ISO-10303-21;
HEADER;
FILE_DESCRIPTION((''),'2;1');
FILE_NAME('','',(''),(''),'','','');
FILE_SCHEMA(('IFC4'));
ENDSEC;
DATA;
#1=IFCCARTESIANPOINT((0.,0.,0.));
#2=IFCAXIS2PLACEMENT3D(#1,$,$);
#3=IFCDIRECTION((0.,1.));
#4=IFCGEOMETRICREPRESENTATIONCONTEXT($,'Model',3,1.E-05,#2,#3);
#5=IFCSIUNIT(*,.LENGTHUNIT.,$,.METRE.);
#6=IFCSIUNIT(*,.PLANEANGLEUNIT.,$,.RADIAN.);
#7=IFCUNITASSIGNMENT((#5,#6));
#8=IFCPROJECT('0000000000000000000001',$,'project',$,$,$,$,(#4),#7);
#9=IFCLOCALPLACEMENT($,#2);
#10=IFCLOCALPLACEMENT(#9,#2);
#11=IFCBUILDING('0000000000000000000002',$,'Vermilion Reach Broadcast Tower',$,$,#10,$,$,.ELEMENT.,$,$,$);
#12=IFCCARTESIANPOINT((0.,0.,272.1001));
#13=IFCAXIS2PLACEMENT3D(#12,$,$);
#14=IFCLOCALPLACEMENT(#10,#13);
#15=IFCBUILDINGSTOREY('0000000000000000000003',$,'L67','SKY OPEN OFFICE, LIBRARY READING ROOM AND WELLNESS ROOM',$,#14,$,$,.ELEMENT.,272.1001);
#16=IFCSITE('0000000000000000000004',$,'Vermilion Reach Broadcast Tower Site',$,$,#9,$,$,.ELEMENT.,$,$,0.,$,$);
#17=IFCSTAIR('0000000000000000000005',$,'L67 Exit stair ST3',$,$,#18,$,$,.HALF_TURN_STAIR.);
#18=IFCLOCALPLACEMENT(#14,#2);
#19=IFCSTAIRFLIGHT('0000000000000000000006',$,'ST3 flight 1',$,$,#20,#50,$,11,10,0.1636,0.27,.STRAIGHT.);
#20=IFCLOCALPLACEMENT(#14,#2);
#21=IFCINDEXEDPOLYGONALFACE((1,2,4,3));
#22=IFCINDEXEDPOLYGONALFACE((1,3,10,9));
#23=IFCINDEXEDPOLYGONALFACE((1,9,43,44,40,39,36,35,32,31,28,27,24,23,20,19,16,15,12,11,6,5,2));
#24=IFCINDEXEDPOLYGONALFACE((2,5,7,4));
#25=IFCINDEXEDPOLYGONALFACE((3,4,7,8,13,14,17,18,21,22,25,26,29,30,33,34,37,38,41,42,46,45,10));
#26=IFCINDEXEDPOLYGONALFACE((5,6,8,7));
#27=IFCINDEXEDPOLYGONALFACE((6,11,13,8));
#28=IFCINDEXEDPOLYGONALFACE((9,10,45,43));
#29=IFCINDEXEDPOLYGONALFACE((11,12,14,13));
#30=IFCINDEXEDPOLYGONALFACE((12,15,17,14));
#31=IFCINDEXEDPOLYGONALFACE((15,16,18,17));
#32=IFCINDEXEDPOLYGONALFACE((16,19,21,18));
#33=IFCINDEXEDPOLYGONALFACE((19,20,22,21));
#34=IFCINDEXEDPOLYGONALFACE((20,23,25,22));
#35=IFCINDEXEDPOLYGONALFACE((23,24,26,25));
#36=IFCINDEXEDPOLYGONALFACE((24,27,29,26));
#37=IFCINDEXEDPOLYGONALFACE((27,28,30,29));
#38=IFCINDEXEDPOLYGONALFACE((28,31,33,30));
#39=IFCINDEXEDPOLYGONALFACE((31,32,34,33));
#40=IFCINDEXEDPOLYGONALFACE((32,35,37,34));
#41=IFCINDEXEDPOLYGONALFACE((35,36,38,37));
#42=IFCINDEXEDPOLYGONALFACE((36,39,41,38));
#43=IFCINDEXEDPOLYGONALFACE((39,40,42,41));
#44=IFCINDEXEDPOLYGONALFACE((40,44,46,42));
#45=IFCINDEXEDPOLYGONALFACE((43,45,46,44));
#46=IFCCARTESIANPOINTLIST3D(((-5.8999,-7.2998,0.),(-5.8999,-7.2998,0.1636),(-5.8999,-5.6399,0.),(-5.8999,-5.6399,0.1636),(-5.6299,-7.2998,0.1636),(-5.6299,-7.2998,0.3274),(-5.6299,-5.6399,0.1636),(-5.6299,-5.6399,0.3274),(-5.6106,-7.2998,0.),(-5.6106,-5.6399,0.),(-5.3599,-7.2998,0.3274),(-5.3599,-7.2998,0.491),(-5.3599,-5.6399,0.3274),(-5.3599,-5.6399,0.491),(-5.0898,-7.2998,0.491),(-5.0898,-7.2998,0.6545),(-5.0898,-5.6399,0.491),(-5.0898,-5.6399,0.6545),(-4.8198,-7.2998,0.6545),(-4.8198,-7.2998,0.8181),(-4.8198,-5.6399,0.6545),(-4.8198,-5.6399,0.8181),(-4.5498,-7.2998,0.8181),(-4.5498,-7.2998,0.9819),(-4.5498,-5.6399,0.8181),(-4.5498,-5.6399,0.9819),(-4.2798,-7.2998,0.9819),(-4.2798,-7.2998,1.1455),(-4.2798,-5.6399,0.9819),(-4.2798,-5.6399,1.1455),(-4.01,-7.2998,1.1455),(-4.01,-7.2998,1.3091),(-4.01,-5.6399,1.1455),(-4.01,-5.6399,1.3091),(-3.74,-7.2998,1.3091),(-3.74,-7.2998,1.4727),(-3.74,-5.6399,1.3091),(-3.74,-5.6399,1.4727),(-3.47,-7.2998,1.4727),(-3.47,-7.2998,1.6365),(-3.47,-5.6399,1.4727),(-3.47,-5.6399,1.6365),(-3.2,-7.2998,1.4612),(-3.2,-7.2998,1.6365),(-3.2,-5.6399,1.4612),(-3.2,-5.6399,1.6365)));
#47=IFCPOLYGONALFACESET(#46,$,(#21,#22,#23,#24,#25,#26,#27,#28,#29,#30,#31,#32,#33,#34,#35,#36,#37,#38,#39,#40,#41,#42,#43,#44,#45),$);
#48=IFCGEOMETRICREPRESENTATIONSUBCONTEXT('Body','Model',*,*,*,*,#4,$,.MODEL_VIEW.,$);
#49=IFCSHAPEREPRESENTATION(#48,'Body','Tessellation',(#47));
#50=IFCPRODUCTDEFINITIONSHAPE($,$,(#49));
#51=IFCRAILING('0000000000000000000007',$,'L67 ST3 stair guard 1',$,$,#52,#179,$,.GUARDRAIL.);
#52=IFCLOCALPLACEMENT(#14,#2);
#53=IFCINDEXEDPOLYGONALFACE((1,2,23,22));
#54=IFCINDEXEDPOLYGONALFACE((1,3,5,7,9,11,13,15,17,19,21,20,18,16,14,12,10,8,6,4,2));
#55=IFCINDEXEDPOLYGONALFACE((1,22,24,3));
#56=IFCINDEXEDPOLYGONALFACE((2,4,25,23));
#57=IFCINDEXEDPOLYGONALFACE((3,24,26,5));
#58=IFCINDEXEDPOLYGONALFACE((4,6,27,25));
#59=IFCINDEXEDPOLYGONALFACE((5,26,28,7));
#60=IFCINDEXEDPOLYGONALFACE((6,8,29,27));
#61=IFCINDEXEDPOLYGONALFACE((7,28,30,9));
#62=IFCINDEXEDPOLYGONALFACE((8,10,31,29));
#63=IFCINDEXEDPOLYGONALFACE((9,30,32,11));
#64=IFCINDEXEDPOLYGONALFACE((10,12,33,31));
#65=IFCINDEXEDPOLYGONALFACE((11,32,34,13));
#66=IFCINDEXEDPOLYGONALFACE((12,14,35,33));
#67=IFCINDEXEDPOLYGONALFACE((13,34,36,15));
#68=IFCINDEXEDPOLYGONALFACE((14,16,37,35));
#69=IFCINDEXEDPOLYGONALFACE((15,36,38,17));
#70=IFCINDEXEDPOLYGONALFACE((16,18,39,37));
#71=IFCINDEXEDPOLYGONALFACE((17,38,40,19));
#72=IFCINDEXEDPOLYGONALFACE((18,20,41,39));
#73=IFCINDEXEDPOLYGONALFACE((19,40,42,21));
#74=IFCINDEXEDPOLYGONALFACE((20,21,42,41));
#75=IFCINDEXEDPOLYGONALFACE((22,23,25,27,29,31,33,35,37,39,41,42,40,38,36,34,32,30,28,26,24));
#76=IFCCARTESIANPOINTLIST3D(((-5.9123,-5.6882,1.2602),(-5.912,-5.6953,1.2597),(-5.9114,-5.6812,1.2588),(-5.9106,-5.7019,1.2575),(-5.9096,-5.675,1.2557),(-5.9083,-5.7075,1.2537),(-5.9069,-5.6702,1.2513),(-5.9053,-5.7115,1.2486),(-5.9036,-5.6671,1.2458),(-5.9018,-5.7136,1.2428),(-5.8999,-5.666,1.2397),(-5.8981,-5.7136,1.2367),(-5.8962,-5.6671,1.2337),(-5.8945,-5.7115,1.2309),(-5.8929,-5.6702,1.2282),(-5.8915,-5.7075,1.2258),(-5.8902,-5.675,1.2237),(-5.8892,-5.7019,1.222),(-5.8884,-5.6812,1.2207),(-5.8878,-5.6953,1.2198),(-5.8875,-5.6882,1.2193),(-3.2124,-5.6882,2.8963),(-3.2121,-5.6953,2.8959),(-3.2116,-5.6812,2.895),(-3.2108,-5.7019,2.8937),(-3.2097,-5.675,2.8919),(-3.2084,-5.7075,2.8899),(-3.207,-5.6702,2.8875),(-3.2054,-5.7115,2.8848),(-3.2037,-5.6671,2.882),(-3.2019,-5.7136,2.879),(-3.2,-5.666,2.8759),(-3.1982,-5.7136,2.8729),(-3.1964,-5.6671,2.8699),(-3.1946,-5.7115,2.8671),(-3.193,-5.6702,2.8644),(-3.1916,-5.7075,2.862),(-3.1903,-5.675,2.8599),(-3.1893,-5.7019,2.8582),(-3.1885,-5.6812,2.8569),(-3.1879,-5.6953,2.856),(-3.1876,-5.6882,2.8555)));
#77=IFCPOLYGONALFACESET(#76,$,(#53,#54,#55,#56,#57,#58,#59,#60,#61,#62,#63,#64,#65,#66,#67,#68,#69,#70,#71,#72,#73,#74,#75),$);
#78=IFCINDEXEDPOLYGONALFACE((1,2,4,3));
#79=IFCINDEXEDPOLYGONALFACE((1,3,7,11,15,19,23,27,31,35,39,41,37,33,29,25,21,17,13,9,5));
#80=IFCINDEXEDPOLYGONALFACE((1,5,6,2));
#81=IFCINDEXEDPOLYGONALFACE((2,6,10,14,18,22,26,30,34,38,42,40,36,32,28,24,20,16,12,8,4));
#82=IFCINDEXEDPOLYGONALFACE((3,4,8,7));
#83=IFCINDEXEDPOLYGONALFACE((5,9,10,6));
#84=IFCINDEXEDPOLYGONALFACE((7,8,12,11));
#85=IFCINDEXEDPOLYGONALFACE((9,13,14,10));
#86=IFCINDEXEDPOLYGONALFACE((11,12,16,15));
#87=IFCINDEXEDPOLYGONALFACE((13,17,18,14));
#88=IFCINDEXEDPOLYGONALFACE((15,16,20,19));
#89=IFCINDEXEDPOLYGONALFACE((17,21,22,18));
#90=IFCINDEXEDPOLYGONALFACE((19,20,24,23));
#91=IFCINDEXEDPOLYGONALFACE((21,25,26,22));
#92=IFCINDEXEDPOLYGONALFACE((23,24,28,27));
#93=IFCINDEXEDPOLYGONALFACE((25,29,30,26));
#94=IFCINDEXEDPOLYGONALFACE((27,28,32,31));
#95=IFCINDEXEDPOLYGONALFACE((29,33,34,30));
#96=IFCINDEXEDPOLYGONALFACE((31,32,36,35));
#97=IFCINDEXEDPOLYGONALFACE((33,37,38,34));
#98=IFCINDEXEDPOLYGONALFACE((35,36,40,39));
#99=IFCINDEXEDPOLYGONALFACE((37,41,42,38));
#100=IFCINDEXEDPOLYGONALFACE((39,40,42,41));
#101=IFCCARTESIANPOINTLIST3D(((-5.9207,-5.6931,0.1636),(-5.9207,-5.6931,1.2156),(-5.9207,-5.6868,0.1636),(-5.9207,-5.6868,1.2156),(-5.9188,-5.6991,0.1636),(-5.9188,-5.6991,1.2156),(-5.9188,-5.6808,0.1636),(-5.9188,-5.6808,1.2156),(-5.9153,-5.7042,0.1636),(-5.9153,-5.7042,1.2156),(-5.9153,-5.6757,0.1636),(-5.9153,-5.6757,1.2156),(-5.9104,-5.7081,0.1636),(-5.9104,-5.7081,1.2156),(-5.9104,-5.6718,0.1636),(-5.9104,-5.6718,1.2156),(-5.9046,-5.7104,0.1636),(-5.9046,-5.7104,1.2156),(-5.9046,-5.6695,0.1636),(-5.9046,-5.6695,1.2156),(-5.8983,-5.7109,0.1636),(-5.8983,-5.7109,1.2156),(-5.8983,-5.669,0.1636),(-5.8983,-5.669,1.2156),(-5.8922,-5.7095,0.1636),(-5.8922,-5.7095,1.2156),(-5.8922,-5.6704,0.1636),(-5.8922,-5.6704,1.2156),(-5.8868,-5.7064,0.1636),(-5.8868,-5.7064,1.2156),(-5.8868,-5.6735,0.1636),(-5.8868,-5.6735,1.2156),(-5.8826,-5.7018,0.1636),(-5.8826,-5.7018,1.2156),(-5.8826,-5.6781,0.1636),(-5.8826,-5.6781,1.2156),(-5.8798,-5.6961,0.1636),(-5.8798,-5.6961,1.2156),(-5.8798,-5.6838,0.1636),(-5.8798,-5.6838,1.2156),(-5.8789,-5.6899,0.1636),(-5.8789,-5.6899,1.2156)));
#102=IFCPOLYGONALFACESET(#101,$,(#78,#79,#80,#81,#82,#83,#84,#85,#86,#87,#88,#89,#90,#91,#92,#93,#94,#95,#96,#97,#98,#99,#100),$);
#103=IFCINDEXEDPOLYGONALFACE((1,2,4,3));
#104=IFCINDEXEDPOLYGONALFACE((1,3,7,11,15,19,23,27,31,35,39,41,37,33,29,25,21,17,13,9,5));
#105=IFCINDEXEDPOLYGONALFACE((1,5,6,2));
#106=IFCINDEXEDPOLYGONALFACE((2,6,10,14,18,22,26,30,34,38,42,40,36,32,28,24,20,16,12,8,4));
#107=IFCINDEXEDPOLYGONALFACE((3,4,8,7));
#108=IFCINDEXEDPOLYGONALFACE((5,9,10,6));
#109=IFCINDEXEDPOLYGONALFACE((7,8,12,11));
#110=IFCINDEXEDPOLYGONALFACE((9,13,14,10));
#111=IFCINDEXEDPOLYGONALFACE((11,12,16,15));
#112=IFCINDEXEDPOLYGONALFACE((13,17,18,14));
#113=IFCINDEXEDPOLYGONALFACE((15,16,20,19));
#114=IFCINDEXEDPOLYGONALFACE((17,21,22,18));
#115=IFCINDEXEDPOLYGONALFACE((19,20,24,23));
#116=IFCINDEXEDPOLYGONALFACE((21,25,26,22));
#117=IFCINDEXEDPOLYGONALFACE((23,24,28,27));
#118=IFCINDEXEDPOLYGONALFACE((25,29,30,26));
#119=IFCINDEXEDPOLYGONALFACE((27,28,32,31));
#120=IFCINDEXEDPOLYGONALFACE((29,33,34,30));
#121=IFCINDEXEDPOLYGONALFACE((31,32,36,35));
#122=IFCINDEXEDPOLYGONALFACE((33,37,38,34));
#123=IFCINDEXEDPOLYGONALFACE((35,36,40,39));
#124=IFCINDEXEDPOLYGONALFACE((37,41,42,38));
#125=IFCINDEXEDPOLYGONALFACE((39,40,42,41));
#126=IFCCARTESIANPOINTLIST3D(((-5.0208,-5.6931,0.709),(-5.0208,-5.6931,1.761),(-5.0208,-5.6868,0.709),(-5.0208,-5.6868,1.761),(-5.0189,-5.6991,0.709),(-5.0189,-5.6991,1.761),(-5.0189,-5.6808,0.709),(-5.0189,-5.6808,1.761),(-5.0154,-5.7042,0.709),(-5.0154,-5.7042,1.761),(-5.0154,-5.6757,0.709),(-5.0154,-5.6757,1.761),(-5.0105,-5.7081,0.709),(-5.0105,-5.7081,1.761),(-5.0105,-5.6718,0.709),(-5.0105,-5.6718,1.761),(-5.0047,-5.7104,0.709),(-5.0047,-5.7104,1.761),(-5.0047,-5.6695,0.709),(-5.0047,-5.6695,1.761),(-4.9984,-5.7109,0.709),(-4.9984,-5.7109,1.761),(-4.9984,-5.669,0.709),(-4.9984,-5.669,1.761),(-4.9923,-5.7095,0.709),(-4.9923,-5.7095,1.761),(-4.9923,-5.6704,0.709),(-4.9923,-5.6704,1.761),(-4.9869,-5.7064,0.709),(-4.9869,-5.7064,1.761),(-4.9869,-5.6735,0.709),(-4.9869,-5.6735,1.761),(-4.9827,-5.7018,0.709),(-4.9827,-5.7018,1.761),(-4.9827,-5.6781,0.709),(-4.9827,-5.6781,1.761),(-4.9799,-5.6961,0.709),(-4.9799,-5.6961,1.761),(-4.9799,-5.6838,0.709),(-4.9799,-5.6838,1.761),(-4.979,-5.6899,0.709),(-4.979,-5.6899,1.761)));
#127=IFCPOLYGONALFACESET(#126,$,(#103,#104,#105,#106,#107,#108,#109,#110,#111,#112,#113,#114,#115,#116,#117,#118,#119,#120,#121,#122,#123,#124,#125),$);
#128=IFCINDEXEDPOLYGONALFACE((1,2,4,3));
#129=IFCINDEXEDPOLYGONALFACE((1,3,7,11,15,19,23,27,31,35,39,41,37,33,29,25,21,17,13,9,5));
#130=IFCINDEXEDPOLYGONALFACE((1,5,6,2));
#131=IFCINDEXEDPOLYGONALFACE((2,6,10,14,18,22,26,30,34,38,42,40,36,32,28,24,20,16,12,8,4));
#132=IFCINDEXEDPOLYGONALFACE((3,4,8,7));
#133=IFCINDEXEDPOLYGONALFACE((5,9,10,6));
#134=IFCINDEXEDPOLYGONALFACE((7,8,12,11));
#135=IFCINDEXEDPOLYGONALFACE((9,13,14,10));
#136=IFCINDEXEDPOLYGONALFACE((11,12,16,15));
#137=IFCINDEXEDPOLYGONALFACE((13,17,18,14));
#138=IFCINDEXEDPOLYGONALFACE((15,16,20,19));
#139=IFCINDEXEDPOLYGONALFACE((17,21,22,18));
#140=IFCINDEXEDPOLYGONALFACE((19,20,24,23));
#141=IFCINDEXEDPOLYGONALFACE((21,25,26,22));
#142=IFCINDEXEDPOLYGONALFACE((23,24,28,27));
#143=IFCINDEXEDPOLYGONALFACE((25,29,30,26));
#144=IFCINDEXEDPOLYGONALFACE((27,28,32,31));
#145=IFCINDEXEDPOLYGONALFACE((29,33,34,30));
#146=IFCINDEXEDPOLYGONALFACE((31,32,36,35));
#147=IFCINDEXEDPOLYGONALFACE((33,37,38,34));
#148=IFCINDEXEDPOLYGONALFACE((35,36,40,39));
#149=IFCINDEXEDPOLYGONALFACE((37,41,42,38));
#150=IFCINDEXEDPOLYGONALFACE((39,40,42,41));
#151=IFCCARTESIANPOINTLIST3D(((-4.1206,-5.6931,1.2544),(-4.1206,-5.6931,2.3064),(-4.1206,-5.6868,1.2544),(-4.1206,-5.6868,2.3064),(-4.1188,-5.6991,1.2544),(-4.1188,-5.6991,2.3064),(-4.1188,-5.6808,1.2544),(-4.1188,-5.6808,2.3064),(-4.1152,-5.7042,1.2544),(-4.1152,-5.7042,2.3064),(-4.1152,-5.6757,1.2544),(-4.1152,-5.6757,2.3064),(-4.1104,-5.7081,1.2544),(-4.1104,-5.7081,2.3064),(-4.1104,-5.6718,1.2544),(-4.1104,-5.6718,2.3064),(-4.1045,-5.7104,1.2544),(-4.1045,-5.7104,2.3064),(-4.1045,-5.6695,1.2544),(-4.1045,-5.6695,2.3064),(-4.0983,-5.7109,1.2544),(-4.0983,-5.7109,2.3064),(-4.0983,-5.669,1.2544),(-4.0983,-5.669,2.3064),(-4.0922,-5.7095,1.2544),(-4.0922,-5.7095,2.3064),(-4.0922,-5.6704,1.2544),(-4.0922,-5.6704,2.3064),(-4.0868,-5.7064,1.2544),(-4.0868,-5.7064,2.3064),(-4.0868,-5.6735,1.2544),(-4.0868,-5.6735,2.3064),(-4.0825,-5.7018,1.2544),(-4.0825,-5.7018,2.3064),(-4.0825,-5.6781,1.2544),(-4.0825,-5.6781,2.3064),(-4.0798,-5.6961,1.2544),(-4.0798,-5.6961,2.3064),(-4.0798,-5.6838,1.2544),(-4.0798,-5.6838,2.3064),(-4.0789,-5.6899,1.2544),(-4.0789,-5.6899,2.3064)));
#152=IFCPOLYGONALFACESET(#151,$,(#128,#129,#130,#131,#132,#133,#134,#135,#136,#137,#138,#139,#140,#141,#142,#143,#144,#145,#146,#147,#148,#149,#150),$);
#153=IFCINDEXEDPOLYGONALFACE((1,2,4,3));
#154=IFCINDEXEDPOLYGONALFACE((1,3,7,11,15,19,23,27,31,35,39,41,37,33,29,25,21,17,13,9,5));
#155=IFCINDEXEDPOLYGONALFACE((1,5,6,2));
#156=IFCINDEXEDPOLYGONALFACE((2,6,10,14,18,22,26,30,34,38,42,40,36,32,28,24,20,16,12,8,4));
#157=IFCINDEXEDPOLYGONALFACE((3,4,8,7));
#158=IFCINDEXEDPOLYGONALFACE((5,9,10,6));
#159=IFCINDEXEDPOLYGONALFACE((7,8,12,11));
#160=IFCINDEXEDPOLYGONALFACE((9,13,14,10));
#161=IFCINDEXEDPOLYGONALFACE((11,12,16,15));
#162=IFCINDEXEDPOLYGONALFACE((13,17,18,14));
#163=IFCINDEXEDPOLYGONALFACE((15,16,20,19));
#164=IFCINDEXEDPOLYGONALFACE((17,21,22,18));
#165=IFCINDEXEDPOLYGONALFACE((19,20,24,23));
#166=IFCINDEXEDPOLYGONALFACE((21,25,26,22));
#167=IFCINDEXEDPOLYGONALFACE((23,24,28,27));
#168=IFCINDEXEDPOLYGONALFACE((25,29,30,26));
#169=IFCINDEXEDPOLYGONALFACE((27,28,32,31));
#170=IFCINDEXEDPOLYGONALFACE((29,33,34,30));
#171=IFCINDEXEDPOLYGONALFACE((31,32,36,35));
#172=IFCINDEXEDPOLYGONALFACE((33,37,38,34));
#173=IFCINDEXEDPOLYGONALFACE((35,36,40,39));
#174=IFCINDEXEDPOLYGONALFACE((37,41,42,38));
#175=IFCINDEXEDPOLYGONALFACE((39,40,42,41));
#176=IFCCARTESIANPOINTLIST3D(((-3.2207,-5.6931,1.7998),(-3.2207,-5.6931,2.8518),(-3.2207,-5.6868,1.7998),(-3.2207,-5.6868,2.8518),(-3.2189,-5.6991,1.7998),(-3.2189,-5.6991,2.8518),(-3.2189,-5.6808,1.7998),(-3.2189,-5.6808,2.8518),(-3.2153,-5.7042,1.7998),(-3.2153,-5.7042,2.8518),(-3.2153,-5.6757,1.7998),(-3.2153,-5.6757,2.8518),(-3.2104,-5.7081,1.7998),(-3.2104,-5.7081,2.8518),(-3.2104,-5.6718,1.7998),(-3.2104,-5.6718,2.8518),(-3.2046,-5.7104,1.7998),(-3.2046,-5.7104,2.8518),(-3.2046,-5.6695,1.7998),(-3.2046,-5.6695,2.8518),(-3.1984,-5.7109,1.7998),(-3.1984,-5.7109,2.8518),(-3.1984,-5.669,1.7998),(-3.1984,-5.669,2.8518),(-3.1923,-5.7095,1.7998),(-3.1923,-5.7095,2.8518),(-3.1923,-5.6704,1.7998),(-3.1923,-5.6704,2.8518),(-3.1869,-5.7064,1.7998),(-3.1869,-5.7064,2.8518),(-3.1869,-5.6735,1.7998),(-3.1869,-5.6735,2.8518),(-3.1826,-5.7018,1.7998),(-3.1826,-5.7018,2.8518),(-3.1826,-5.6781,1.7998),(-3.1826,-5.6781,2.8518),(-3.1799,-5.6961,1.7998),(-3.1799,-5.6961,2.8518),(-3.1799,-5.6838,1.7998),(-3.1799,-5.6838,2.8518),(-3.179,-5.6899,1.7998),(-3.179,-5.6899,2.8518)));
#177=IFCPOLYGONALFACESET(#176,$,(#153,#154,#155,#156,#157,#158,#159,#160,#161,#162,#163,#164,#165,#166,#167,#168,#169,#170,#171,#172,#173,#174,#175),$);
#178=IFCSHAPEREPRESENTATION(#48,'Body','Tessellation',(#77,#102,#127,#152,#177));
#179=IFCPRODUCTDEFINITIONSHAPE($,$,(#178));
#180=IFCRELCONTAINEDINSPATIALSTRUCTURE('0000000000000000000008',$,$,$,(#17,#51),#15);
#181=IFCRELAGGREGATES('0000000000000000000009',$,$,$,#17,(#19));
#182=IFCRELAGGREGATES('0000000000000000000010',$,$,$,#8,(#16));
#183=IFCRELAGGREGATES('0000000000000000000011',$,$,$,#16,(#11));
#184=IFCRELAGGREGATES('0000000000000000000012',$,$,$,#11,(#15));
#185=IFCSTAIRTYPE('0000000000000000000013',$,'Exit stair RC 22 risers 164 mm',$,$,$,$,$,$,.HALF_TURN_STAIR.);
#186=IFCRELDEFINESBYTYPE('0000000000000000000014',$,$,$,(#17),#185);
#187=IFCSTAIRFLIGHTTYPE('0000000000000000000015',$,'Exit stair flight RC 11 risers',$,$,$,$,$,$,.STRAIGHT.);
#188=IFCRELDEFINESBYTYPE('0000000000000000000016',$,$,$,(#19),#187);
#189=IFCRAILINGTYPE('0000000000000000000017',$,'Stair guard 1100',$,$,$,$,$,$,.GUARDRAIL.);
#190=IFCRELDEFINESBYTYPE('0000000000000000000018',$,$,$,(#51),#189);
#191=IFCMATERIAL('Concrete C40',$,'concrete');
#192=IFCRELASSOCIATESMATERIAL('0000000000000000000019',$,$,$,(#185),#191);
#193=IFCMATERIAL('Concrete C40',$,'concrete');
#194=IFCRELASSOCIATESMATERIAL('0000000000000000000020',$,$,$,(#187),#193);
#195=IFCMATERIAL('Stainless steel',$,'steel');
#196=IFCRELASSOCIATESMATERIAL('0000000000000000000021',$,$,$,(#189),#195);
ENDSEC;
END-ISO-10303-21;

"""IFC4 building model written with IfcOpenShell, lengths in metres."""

from ifc_helpers import new_model, si_unit, direction, frame, origin, origin_2d, place, context, subcontext, project, spatial, polyline, circle, outline, extrude, material, type_object, element, aggregate, save


model = new_model("IFC4")

# Units and contexts
model_context = context("Model", 3, precision=1e-05, world=origin(), true_north=direction((0.0, 1.0)))
body_context = subcontext(model_context, "Body", "Model", "MODEL_VIEW")
ifc_project = project(units=[si_unit("LENGTHUNIT", "METRE"), si_unit("PLANEANGLEUNIT", "RADIAN")], contexts=[model_context])

# Site, building, storey
site_placement = place(None, origin())
site = spatial("IfcSite", under=ifc_project, at=site_placement, Name="Vermilion Reach Broadcast Tower Site", CompositionType="ELEMENT", RefElevation=0.0)
building_placement = place(site_placement, origin())
building = spatial("IfcBuilding", under=site, at=building_placement, Name="Vermilion Reach Broadcast Tower", CompositionType="ELEMENT")
storey_placement = place(building_placement, frame((0.0, 0.0, 272.1001)))
storey = spatial("IfcBuildingStorey", under=building, at=storey_placement, Name="L67", Description="SKY OPEN OFFICE, LIBRARY READING ROOM AND WELLNESS ROOM", CompositionType="ELEMENT", Elevation=272.1001)

# Stair, stair flight
ifc_material_1 = material(Name="Concrete C40", Category="concrete")
stair_type = type_object("IfcStairType", Name="Exit stair RC 22 risers 164 mm", PredefinedType="HALF_TURN_STAIR", material=ifc_material_1)
stair_placement = place(storey_placement, origin())
stair = element("IfcStair", 1, at=stair_placement, inside=storey, type_object=stair_type, Name="L67 Exit stair ST3", PredefinedType="HALF_TURN_STAIR")
ifc_material_2 = material(Name="Concrete C40", Category="concrete")
stair_flight_type = type_object("IfcStairFlightType", Name="Exit stair flight RC 11 risers", PredefinedType="STRAIGHT", material=ifc_material_2)
stair_flight_placement = place(storey_placement, frame((-5.8999, -6.47, 0.0), z_axis=(0.0, 0.0, 1.0), x_axis=(1.0, 0.0, 0.0)))
stair_flight = element("IfcStairFlight", 2, at=stair_flight_placement, type_object=stair_flight_type, Name="ST3 flight 1", NumberOfRisers=11, NumberOfTreads=10, PredefinedType="STRAIGHT", RiserHeight=0.1636, TreadLength=0.27, context=body_context, shape_type="SweptSolid", body=[
    extrude(outline(polyline([(0.0, 0.0), (0.0, 0.1636), (0.27, 0.1636), (0.27, 0.3274), (0.54, 0.3274), (0.54, 0.491), (0.8101, 0.491), (0.8101, 0.6545), (1.0801, 0.6545), (1.0801, 0.8181), (1.3501, 0.8181), (1.3501, 0.9819), (1.6201, 0.9819), (1.6201, 1.1455), (1.8899, 1.1455), (1.8899, 1.3091), (2.1599, 1.3091), (2.1599, 1.4727), (2.4299, 1.4727), (2.4299, 1.6365), (2.7, 1.6365), (2.7, 1.8), (2.7, 1.4612), (0.2893, 0.0), (0.0, 0.0)])), frame((0.0, 0.8301, 0.0), z_axis=(0.0, -1.0, 0.0), x_axis=(1.0, 0.0, 0.0)), (0.0, 0.0, 1.0), 1.6599),
])
aggregate(stair, [stair_flight])

# Railing
ifc_material_3 = material(Name="Stainless steel", Category="steel")
railing_type_1 = type_object("IfcRailingType", Name="Stair guard 1100", PredefinedType="GUARDRAIL", material=ifc_material_3)
railing_1_placement = place(storey_placement, frame((-5.8999, -5.6899, 0.1636)))
element("IfcRailing", 3, at=railing_1_placement, inside=storey, type_object=railing_type_1, Name="L67 ST3 stair guard 1", PredefinedType="GUARDRAIL", context=body_context, shape_type="SweptSolid", body=[
    extrude(circle(Radius=0.0239, at=origin_2d()), frame((0.0, 0.0, 1.0762), z_axis=(0.855212, 0.0, 0.518278), x_axis=(0.0, 1.0, 0.0)), (0.0, 0.0, 1.0), 3.157),
    extrude(circle(Radius=0.021, at=origin_2d()), origin(), (0.0, 0.0, 1.0), 1.052),
    extrude(circle(Radius=0.021, at=origin_2d()), frame((0.8999, 0.0, 0.5454)), (0.0, 0.0, 1.0), 1.052),
    extrude(circle(Radius=0.021, at=origin_2d()), frame((1.8, 0.0, 1.0908)), (0.0, 0.0, 1.0), 1.052),
    extrude(circle(Radius=0.021, at=origin_2d()), frame((2.7, 0.0, 1.6362)), (0.0, 0.0, 1.0), 1.052),
])

save(model, "model.ifc")
